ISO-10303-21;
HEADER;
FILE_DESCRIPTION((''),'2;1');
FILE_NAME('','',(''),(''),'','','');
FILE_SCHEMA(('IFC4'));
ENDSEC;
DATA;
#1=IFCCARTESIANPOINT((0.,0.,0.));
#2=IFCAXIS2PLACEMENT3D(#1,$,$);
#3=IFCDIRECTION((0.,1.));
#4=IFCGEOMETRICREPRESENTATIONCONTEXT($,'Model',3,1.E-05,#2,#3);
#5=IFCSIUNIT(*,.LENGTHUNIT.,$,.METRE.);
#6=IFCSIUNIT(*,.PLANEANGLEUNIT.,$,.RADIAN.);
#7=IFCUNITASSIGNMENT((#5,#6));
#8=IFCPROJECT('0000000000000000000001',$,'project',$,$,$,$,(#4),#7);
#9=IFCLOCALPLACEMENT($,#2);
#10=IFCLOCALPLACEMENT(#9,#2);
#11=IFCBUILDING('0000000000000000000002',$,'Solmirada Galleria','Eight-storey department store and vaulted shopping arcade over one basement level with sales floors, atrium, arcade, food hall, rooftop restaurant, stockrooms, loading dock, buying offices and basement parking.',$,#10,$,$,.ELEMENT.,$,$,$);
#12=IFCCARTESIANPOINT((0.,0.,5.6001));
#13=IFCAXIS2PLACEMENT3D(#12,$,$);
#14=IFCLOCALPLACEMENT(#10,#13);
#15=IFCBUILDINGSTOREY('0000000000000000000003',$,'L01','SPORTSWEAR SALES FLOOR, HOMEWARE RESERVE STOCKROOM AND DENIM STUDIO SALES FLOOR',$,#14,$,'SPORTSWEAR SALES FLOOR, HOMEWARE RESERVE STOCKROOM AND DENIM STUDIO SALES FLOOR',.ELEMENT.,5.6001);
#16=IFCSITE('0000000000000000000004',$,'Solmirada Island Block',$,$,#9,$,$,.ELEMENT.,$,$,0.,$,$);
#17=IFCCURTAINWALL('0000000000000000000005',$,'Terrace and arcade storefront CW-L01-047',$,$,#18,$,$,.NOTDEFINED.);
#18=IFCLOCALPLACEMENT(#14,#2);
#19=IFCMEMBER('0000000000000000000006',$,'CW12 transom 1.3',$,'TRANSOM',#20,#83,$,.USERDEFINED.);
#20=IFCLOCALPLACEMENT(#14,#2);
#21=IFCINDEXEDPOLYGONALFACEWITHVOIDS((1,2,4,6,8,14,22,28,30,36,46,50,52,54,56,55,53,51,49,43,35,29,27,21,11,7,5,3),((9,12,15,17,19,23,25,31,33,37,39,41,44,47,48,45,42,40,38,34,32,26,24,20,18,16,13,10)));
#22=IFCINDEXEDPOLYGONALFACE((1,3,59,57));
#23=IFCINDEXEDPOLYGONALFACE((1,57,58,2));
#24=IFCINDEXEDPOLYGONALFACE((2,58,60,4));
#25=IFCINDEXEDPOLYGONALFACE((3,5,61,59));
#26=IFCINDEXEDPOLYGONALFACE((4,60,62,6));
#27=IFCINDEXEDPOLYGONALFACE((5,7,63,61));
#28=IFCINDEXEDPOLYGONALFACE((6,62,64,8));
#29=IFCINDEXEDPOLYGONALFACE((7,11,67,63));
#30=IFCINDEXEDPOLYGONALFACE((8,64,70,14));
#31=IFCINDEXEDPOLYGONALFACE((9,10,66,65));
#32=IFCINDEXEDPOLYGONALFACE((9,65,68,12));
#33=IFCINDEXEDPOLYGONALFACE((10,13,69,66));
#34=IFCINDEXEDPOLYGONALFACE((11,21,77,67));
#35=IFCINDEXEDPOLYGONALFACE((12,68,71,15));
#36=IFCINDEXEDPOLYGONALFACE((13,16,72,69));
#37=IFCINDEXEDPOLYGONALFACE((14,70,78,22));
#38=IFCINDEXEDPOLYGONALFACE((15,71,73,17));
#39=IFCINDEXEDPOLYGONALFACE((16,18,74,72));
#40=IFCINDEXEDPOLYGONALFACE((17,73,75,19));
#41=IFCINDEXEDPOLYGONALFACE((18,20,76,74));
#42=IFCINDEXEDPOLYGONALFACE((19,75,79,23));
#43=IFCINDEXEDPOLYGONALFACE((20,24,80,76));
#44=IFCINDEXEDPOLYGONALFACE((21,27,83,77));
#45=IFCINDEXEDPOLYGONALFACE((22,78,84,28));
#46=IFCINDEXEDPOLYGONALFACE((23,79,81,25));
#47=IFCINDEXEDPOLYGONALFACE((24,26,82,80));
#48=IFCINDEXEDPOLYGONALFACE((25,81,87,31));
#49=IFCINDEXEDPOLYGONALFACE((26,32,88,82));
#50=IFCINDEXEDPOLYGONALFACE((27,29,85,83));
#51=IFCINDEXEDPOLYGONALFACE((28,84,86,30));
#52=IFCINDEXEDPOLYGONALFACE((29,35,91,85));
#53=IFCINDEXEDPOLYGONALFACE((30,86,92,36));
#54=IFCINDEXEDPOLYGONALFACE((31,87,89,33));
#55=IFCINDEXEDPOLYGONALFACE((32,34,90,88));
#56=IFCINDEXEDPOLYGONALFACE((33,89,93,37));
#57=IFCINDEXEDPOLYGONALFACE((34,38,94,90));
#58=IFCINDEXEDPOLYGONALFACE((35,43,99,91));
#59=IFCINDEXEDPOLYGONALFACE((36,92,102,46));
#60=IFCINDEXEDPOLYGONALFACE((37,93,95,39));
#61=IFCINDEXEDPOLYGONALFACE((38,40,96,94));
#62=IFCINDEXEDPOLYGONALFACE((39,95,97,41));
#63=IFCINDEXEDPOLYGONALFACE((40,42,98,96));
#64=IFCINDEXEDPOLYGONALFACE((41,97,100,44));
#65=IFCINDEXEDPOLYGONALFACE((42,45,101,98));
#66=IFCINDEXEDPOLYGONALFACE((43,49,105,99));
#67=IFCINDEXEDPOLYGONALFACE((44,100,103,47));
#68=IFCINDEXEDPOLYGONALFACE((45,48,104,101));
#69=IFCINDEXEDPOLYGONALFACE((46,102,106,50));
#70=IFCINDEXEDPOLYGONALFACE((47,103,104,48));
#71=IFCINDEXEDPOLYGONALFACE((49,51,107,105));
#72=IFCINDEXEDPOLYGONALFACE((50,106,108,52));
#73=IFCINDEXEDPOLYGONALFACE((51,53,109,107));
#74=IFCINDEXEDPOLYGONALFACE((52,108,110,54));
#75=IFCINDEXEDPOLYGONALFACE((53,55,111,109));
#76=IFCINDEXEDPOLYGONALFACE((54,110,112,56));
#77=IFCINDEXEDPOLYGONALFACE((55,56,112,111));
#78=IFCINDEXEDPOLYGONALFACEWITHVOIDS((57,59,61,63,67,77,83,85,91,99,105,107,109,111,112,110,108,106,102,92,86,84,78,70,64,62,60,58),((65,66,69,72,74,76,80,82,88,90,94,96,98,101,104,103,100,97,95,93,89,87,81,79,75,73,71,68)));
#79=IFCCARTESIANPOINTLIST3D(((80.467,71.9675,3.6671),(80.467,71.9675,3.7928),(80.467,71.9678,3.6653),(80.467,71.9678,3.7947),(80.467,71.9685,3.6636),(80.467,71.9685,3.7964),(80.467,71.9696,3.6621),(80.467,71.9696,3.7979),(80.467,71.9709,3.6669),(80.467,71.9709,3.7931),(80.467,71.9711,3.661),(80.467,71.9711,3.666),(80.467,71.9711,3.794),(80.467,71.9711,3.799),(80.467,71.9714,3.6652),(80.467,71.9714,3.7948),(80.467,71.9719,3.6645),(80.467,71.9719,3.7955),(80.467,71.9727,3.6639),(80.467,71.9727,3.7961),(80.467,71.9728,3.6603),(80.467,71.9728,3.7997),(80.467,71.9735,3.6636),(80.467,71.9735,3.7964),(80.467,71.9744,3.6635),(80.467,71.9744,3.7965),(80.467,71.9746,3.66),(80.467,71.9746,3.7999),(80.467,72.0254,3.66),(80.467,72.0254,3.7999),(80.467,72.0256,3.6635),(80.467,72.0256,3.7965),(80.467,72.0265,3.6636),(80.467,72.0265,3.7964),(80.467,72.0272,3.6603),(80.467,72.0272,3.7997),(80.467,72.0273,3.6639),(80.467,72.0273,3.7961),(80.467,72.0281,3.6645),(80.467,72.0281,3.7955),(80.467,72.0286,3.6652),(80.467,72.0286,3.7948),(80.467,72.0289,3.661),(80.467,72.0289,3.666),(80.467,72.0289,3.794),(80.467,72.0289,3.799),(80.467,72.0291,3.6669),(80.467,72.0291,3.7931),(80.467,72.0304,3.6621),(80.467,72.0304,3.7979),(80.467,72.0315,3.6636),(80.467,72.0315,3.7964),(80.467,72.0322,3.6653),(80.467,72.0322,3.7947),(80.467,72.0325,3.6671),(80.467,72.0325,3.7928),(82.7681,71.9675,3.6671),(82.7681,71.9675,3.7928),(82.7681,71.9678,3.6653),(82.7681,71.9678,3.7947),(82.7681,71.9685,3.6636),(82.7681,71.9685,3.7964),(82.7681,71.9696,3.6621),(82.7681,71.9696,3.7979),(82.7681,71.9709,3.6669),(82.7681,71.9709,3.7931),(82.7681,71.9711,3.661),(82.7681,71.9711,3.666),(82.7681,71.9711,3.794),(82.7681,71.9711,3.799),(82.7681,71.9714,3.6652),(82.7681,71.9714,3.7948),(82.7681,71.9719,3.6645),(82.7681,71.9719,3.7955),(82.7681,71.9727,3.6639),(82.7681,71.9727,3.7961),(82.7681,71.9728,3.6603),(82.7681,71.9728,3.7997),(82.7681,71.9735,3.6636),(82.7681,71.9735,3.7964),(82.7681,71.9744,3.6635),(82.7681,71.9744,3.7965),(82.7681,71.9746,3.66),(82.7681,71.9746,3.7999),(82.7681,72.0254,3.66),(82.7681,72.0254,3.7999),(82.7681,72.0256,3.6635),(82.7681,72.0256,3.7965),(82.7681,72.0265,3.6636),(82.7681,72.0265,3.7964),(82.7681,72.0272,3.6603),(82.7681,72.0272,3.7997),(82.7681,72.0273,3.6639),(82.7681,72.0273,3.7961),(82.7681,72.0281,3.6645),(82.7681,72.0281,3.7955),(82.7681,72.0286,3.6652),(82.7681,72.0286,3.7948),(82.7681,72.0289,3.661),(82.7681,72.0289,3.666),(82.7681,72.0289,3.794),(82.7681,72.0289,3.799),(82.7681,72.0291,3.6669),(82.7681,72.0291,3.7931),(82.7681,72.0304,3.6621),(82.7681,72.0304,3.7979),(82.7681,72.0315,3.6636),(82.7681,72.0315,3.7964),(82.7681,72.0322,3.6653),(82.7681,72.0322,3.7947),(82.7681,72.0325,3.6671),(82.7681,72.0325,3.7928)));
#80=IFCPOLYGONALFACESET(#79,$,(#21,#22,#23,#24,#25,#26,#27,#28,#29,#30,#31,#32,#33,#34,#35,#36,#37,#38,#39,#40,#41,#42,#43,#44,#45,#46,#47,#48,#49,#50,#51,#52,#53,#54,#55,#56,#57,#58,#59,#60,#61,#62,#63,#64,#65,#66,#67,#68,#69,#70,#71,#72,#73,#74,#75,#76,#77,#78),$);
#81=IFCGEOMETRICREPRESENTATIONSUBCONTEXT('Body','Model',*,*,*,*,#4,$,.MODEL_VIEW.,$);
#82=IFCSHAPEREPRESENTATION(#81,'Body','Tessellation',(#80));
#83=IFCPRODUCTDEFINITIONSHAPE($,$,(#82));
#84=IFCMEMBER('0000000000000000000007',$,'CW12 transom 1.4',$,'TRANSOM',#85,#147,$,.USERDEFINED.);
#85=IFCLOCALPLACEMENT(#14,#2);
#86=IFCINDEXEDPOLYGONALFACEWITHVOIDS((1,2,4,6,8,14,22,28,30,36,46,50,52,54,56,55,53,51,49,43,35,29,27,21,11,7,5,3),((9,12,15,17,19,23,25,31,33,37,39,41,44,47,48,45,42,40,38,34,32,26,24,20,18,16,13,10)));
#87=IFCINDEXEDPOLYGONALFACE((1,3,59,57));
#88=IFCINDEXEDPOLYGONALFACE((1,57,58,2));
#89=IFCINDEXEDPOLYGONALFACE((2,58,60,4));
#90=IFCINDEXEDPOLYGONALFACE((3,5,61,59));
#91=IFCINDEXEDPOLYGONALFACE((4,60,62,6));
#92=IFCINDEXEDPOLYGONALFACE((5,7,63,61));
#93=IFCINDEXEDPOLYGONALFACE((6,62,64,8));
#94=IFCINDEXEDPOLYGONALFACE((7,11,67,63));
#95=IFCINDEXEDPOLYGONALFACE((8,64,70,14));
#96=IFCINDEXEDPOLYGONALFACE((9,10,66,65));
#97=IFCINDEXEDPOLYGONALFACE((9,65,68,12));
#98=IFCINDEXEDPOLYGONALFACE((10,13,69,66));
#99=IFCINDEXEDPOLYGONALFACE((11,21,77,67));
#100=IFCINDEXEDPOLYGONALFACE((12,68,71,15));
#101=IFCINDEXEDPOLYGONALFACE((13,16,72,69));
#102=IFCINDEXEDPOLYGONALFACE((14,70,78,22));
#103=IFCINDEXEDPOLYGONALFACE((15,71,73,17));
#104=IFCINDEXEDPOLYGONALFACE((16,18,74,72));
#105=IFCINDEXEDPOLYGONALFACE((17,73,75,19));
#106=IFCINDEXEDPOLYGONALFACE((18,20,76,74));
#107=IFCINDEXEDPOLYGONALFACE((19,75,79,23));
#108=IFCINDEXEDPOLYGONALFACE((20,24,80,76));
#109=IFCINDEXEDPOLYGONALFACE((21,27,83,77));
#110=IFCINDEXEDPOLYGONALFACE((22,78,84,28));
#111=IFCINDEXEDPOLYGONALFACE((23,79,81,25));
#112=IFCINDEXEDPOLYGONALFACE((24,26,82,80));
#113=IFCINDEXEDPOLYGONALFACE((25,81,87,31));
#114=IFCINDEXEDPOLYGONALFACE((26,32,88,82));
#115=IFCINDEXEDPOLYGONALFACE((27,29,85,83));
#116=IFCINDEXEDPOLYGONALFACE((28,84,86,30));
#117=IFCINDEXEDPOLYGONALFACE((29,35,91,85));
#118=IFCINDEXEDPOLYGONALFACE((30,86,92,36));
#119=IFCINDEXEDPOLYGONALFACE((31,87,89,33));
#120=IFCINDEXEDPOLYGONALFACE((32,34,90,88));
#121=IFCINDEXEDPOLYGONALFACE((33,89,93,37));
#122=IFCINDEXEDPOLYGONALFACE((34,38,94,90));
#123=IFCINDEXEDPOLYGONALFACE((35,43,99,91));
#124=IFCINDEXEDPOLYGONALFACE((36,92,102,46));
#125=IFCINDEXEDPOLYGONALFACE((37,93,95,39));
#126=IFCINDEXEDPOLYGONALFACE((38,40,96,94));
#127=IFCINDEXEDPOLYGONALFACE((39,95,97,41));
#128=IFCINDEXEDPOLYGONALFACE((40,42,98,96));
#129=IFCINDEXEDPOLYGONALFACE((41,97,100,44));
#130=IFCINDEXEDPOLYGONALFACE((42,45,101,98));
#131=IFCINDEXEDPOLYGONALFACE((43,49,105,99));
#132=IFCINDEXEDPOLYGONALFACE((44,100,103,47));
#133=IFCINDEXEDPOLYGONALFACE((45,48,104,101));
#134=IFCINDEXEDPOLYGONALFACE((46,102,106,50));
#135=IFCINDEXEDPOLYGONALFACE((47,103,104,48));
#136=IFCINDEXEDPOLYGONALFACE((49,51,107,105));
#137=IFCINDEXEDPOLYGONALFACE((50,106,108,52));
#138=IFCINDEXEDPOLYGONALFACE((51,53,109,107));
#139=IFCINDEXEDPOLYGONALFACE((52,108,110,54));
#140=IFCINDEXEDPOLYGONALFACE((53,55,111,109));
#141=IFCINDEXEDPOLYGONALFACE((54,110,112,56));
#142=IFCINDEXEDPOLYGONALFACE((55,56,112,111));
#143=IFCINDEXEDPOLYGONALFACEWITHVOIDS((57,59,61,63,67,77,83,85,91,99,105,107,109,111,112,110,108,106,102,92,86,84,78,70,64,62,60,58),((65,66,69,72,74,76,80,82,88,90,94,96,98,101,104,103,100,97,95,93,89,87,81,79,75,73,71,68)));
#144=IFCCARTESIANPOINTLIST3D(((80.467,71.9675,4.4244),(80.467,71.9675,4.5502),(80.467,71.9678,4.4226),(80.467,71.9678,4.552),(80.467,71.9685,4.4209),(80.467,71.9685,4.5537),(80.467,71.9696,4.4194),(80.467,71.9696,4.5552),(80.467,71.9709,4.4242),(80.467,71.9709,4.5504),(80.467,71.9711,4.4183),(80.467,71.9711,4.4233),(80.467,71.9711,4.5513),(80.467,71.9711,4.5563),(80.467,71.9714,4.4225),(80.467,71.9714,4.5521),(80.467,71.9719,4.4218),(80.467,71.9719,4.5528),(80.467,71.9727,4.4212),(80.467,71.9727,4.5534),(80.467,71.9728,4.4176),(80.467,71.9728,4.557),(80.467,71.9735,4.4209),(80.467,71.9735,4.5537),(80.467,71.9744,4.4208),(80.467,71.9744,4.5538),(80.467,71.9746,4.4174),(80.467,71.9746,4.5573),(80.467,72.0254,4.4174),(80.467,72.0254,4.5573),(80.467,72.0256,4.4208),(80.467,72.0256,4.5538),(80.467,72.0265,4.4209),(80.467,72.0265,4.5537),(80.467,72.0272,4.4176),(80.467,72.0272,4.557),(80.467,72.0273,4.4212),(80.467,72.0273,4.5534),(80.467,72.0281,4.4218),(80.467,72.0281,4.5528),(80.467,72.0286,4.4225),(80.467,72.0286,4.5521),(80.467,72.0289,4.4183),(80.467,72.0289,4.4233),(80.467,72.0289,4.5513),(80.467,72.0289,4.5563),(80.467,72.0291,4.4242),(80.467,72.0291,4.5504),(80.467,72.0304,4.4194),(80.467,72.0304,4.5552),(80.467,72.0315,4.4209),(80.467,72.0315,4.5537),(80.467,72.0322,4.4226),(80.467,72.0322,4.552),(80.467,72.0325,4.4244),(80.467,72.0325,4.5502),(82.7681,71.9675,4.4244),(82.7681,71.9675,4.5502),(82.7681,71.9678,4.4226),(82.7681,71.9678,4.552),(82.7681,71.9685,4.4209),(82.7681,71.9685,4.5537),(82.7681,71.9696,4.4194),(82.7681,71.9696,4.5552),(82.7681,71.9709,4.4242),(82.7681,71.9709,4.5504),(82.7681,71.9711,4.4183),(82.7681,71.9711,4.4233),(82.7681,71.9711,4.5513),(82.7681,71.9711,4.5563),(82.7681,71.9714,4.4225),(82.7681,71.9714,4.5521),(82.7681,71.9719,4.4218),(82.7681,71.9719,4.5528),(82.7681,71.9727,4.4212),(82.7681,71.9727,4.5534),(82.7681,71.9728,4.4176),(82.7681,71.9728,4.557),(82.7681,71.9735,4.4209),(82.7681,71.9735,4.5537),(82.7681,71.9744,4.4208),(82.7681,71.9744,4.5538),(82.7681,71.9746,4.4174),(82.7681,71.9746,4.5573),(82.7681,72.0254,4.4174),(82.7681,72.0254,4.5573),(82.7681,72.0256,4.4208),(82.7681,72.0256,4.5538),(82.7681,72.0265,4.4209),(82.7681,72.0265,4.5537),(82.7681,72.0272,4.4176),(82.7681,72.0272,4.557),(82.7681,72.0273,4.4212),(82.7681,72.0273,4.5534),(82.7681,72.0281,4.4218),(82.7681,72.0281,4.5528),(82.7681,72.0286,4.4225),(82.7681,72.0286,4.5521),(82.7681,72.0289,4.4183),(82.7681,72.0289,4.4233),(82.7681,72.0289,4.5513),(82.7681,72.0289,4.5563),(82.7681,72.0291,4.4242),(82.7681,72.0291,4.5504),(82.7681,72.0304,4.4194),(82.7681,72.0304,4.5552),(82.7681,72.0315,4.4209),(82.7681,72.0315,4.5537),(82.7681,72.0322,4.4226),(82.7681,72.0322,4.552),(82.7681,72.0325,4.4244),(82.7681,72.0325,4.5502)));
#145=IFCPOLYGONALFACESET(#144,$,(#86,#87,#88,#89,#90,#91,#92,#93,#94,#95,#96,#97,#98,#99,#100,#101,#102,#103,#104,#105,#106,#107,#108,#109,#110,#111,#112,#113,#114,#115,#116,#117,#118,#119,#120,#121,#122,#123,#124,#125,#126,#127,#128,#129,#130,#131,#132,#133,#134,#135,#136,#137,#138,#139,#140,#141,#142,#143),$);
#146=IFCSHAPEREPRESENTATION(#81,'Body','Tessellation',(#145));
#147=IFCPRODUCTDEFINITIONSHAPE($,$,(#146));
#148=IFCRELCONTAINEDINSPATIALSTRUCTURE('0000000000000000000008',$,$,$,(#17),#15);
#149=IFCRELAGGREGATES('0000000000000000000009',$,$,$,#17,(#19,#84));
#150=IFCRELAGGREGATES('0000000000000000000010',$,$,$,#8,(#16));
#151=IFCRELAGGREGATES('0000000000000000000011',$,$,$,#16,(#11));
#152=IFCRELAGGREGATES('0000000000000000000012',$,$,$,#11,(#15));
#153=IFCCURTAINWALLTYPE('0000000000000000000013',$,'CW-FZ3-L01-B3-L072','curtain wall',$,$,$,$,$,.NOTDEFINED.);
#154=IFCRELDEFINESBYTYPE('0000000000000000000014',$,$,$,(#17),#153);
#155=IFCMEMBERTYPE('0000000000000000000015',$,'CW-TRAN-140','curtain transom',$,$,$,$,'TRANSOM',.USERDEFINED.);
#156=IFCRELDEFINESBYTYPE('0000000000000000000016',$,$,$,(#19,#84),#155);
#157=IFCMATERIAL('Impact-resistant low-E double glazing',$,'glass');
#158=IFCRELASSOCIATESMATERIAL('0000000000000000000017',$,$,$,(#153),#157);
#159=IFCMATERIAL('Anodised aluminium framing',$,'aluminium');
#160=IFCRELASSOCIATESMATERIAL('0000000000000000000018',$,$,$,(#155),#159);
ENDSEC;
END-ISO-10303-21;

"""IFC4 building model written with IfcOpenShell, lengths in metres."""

from ifc_helpers import new_model, si_unit, direction, frame, origin, origin_2d, place, context, subcontext, project, spatial, hollow_rectangle, extrude, material, material_profile, profile_set, type_object, element, aggregate, save


model = new_model("IFC4")

# Units and contexts
model_context = context("Model", 3, precision=1e-05, world=origin(), true_north=direction((0.0, 1.0)))
body_context = subcontext(model_context, "Body", "Model", "MODEL_VIEW")
ifc_project = project(units=[si_unit("LENGTHUNIT", "METRE"), si_unit("PLANEANGLEUNIT", "RADIAN")], contexts=[model_context])

# Site, building, storey
site_placement = place(None, origin())
site = spatial("IfcSite", under=ifc_project, at=site_placement, Name="Solmirada Island Block", CompositionType="ELEMENT", RefElevation=0.0)
building_placement = place(site_placement, origin())
building = spatial("IfcBuilding", under=site, at=building_placement, Name="Solmirada Galleria", Description="Eight-storey department store and vaulted shopping arcade over one basement level with sales floors, atrium, arcade, food hall, rooftop restaurant, stockrooms, loading dock, buying offices and basement parking.", CompositionType="ELEMENT")
storey_placement = place(building_placement, frame((0.0, 0.0, 5.6001)))
storey = spatial("IfcBuildingStorey", under=building, at=storey_placement, Name="L01", Description="SPORTSWEAR SALES FLOOR, HOMEWARE RESERVE STOCKROOM AND DENIM STUDIO SALES FLOOR", LongName="SPORTSWEAR SALES FLOOR, HOMEWARE RESERVE STOCKROOM AND DENIM STUDIO SALES FLOOR", CompositionType="ELEMENT", Elevation=5.6001)

# Shared definitions
ifc_material_1 = material(Name="Impact-resistant low-E double glazing", Category="glass")
curtain_wall_type_1 = type_object("IfcCurtainWallType", Name="CW-FZ3-L01-B3-L072", Description="curtain wall", PredefinedType="NOTDEFINED", material=ifc_material_1)
ifc_material_2 = material(Name="Anodised aluminium framing", Category="aluminium")

# Curtain wall
curtain_wall_1_placement = place(storey_placement, origin())
curtain_wall_1 = element("IfcCurtainWall", 1, at=curtain_wall_1_placement, inside=storey, type_object=curtain_wall_type_1, Name="Terrace and arcade storefront CW-L01-047", PredefinedType="NOTDEFINED")

# Members
ifc_material_profile_1 = material_profile(ifc_material_2, hollow_rectangle(XDim=0.0649, YDim=0.1399, WallThickness=0.0034, InnerFilletRadius=0.0034, OuterFilletRadius=0.0071, at=origin_2d()), Name="ALU-TRAN-140X65")
ifc_profile_set_1 = profile_set([ifc_material_profile_1], Name="Anodised aluminium framing")
member_type_1 = type_object("IfcMemberType", Name="CW-TRAN-140", Description="curtain transom", ElementType="TRANSOM", PredefinedType="USERDEFINED", material=ifc_profile_set_1)
member_1_placement = place(storey_placement, frame((80.467, 72.0, 3.73), z_axis=(1.0, 0.0, 0.0), x_axis=(0.0, 1.0, 0.0)))
member_1 = element("IfcMember", 2, at=member_1_placement, type_object=member_type_1, Name="CW12 transom 1.3", ObjectType="TRANSOM", PredefinedType="USERDEFINED", context=body_context, shape_type="SweptSolid", body=[
    extrude(hollow_rectangle(XDim=0.0649, YDim=0.1399, WallThickness=0.0034, InnerFilletRadius=0.0034, OuterFilletRadius=0.0071, at=origin_2d()), origin(), (0.0, 0.0, 1.0), 2.301),
])
member_2_placement = place(storey_placement, frame((80.467, 72.0, 4.4873), z_axis=(1.0, 0.0, 0.0), x_axis=(0.0, 1.0, 0.0)))
member_2 = element("IfcMember", 3, at=member_2_placement, type_object=member_type_1, Name="CW12 transom 1.4", ObjectType="TRANSOM", PredefinedType="USERDEFINED", context=body_context, shape_type="SweptSolid", body=[
    extrude(hollow_rectangle(XDim=0.0649, YDim=0.1399, WallThickness=0.0034, InnerFilletRadius=0.0034, OuterFilletRadius=0.0071, at=origin_2d()), origin(), (0.0, 0.0, 1.0), 2.301),
])
aggregate(curtain_wall_1, [member_1, member_2])

save(model, "model.ifc")
